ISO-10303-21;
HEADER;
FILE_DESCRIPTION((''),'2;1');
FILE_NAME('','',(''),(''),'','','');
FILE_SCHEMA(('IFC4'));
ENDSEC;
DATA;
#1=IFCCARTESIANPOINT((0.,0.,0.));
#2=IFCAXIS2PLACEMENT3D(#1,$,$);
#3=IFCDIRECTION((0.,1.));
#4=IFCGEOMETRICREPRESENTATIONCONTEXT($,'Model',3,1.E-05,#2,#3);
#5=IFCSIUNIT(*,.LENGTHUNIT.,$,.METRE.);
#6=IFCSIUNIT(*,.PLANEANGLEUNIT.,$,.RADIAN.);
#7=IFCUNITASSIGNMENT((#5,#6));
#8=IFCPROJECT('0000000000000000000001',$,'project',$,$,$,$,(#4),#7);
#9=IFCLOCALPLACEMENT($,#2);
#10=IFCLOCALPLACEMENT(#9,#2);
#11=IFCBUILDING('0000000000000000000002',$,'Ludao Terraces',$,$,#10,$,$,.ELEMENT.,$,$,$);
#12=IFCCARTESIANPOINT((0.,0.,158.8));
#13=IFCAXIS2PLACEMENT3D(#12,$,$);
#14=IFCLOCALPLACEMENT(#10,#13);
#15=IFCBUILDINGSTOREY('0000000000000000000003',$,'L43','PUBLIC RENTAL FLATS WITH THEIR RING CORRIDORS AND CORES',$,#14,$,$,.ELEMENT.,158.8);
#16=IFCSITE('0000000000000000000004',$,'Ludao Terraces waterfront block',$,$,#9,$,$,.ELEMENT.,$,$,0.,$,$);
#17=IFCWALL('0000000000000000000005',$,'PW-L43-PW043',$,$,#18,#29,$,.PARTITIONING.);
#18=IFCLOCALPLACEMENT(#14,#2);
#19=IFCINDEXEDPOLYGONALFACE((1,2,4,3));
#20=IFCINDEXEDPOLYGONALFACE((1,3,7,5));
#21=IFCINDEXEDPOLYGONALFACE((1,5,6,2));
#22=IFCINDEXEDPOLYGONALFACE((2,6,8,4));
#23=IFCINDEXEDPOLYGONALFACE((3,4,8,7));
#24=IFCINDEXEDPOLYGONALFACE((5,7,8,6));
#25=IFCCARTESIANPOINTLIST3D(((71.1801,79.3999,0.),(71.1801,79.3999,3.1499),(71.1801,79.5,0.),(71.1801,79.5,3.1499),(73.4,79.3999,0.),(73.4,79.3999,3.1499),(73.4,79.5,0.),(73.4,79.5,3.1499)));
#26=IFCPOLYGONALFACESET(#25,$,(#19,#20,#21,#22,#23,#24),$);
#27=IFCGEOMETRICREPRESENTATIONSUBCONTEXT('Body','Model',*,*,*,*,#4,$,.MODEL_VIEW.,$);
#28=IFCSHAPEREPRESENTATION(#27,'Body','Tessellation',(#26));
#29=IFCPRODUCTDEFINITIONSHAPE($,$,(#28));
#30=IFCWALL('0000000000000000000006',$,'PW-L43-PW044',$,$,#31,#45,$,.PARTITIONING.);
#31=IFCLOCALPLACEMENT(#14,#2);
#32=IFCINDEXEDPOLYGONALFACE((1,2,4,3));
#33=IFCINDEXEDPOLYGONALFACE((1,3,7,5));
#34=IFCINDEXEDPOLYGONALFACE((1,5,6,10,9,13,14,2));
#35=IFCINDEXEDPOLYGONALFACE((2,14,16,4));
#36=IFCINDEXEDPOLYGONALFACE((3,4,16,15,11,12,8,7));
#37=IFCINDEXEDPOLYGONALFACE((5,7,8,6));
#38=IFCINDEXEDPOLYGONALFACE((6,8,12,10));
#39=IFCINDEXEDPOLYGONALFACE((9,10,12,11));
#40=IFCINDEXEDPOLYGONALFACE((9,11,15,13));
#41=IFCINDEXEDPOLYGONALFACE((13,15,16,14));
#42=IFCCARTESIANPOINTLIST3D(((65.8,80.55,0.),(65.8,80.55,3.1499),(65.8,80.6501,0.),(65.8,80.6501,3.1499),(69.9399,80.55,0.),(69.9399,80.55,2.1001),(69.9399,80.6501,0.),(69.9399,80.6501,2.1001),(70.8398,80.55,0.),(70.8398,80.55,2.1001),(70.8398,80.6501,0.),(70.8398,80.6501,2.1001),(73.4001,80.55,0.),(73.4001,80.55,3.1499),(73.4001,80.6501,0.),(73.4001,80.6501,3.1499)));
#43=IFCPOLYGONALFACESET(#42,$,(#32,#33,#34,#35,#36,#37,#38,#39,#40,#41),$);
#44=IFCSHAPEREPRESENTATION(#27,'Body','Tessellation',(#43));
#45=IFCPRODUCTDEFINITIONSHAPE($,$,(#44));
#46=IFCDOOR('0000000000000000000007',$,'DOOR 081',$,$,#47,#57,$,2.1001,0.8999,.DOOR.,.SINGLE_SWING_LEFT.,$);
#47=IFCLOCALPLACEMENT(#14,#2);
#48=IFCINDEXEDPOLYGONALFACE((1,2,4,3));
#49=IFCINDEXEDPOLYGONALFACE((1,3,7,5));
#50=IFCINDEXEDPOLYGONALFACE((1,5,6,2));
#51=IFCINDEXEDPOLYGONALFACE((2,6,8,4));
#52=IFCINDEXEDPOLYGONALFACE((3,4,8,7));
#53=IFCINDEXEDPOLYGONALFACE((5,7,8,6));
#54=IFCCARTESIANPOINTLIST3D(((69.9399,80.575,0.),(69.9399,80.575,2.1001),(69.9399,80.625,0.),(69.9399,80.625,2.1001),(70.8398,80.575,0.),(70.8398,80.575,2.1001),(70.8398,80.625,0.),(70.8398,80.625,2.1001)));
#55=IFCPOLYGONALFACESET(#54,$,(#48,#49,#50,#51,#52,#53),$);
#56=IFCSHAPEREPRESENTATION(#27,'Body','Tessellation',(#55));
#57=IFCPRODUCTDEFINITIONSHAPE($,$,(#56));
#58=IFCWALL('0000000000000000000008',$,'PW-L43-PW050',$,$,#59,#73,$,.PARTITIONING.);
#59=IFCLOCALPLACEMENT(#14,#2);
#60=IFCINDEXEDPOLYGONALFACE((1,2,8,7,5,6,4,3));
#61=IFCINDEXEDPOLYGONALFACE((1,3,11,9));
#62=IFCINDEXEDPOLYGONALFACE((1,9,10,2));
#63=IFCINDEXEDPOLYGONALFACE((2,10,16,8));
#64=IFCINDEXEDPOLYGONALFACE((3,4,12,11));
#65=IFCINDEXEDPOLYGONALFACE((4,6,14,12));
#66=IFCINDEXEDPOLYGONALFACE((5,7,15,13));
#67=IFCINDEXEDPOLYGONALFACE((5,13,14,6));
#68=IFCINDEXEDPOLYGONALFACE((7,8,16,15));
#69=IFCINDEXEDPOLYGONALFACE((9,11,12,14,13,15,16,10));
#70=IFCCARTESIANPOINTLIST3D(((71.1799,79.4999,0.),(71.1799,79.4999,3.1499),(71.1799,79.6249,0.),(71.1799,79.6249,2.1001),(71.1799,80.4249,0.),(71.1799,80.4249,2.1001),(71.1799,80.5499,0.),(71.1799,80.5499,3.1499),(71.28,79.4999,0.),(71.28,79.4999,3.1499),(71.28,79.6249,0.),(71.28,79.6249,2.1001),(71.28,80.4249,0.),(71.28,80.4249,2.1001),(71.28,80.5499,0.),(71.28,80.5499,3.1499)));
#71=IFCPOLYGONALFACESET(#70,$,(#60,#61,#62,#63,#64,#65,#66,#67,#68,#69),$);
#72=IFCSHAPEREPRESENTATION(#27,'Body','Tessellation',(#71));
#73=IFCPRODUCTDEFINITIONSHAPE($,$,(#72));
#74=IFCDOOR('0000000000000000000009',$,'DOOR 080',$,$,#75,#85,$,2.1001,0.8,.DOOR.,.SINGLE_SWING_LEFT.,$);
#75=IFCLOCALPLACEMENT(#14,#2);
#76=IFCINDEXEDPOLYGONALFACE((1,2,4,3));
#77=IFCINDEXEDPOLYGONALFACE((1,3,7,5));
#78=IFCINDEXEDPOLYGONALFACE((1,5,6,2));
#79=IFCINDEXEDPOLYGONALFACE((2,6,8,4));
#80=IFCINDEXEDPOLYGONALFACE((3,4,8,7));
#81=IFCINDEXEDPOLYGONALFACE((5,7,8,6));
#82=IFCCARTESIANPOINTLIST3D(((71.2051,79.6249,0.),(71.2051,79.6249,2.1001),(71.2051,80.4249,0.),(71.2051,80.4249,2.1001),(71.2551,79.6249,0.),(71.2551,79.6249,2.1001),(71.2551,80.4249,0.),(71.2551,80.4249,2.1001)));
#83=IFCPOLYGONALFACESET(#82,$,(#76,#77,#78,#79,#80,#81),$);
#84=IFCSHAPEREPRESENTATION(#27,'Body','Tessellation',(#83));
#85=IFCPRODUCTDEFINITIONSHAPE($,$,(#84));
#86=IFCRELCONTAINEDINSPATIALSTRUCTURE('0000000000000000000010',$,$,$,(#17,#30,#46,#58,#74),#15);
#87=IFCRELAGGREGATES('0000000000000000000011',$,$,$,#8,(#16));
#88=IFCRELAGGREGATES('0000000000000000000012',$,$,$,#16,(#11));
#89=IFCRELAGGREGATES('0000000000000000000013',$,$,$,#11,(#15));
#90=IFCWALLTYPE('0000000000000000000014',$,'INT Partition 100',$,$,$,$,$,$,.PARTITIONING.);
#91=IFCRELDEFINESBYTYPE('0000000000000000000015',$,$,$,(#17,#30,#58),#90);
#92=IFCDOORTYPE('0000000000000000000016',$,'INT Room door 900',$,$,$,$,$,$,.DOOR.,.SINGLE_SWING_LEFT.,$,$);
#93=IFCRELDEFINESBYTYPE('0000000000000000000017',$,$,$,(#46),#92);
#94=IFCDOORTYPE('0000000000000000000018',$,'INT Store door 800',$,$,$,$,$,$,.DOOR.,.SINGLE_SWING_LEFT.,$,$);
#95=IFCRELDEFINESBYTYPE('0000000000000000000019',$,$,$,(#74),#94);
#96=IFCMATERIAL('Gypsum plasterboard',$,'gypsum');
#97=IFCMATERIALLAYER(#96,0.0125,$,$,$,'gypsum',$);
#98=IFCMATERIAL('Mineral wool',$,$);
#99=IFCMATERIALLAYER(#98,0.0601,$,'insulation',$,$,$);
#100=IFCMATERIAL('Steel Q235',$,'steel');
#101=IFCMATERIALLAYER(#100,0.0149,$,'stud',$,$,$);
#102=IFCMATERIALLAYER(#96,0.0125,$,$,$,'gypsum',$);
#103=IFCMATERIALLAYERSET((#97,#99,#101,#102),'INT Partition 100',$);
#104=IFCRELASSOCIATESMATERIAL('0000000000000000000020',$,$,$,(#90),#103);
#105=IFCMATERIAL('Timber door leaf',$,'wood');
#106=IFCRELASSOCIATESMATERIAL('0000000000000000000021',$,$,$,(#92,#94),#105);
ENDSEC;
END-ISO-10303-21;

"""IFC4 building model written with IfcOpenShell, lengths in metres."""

from ifc_helpers import new_model, si_unit, direction, frame, frame_2d, origin, place, context, subcontext, project, spatial, rectangle, extrude, material, layer, layer_set, type_object, element, fill, save


model = new_model("IFC4")

# Units and contexts
model_context = context("Model", 3, precision=1e-05, world=origin(), true_north=direction((0.0, 1.0)))
body_context = subcontext(model_context, "Body", "Model", "MODEL_VIEW")
ifc_project = project(units=[si_unit("LENGTHUNIT", "METRE"), si_unit("PLANEANGLEUNIT", "RADIAN")], contexts=[model_context])

# Site, building, storey
site_placement = place(None, origin())
site = spatial("IfcSite", under=ifc_project, at=site_placement, Name="Ludao Terraces waterfront block", CompositionType="ELEMENT", RefElevation=0.0)
building_placement = place(site_placement, origin())
building = spatial("IfcBuilding", under=site, at=building_placement, Name="Ludao Terraces", CompositionType="ELEMENT")
storey_placement = place(building_placement, frame((0.0, 0.0, 158.8)))
storey = spatial("IfcBuildingStorey", under=building, at=storey_placement, Name="L43", Description="PUBLIC RENTAL FLATS WITH THEIR RING CORRIDORS AND CORES", CompositionType="ELEMENT", Elevation=158.8)

# Shared definitions
ifc_material_1 = material(Name="Steel Q235", Category="steel")

# Shared definitions
ifc_material_2 = material(Name="Mineral wool")

# Wall
ifc_material_3 = material(Name="Gypsum plasterboard", Category="gypsum")
ifc_layer_1 = layer(ifc_material_3, 0.0125, Category="gypsum")
ifc_layer_2 = layer(ifc_material_2, 0.0601, Name="insulation")
ifc_layer_3 = layer(ifc_material_1, 0.0149, Name="stud")
ifc_layer_4 = layer(ifc_material_3, 0.0125, Category="gypsum")
ifc_layer_set_1 = layer_set([ifc_layer_1, ifc_layer_2, ifc_layer_3, ifc_layer_4], Name="INT Partition 100")
wall_type_1 = type_object("IfcWallType", Name="INT Partition 100", PredefinedType="PARTITIONING", material=ifc_layer_set_1)
for number, where, z_axis, x_axis, name in (
    (1, (71.1802, 79.45, 0.0), (0.0, 0.0, 1.0), (1.0, 0.0, 0.0), "PW-L43-PW043"),
):
    element("IfcWall", number, at=place(storey_placement, frame(where, z_axis=z_axis, x_axis=x_axis)), inside=storey, type_object=wall_type_1, Name=name, PredefinedType="PARTITIONING", context=body_context, shape_type="SweptSolid", body=[
        extrude(rectangle(XDim=2.22, YDim=0.1001, at=frame_2d((1.1099, 0.0))), origin(), (0.0, 0.0, 1.0), 3.1499),
    ])

# Walls, openings, doors
wall_1_placement = place(storey_placement, frame((65.8, 80.6001, 0.0), z_axis=(0.0, 0.0, 1.0), x_axis=(1.0, 0.0, 0.0)))
wall_1 = element("IfcWall", 2, at=wall_1_placement, inside=storey, type_object=wall_type_1, Name="PW-L43-PW044", PredefinedType="PARTITIONING", context=body_context, shape_type="SweptSolid", body=[
    extrude(rectangle(XDim=7.6001, YDim=0.1001, at=frame_2d((3.8, 0.0))), origin(), (0.0, 0.0, 1.0), 3.1499),
])
opening_1_placement = place(wall_1_placement, frame((4.1399, 0.0, 0.0)))
opening_1 = element("IfcOpeningElement", 3, at=opening_1_placement, cuts=wall_1, PredefinedType="OPENING", context=body_context, shape_type="SweptSolid", body=[
    extrude(rectangle(XDim=0.8999, YDim=2.1001, at=frame_2d((0.45, 1.05))), frame((0.0, 0.0601, 0.0), z_axis=(0.0, -1.0, 0.0), x_axis=(1.0, 0.0, 0.0)), (0.0, 0.0, 1.0), 0.1201),
])
ifc_material_4 = material(Name="Timber door leaf", Category="wood")
door_type_1 = type_object("IfcDoorType", Name="INT Room door 900", OperationType="SINGLE_SWING_LEFT", PredefinedType="DOOR", material=ifc_material_4)
door_1_placement = place(opening_1_placement, origin())
door_1 = element("IfcDoor", 4, at=door_1_placement, inside=storey, type_object=door_type_1, Name="DOOR 081", OperationType="SINGLE_SWING_LEFT", OverallHeight=2.1001, OverallWidth=0.8999, PredefinedType="DOOR", context=body_context, shape_type="SweptSolid", body=[
    extrude(rectangle(XDim=0.8999, YDim=2.1001, at=frame_2d((0.45, 1.05))), frame((0.0, 0.0249, 0.0), z_axis=(0.0, -1.0, 0.0), x_axis=(1.0, 0.0, 0.0)), (0.0, 0.0, 1.0), 0.05),
])
fill(opening_1, door_1)
wall_2_placement = place(storey_placement, frame((71.23, 79.5, 0.0), z_axis=(0.0, 0.0, 1.0), x_axis=(0.0, 1.0, 0.0)))
wall_2 = element("IfcWall", 5, at=wall_2_placement, inside=storey, type_object=wall_type_1, Name="PW-L43-PW050", PredefinedType="PARTITIONING", context=body_context, shape_type="SweptSolid", body=[
    extrude(rectangle(XDim=1.05, YDim=0.1001, at=frame_2d((0.5249, 0.0))), origin(), (0.0, 0.0, 1.0), 3.1499),
])
opening_2_placement = place(wall_2_placement, frame((0.125, 0.0, 0.0)))
opening_2 = element("IfcOpeningElement", 6, at=opening_2_placement, cuts=wall_2, PredefinedType="OPENING", context=body_context, shape_type="SweptSolid", body=[
    extrude(rectangle(XDim=0.8, YDim=2.1001, at=frame_2d((0.3999, 1.05))), frame((0.0, 0.0601, 0.0), z_axis=(0.0, -1.0, 0.0), x_axis=(1.0, 0.0, 0.0)), (0.0, 0.0, 1.0), 0.1201),
])
door_type_2 = type_object("IfcDoorType", Name="INT Store door 800", OperationType="SINGLE_SWING_LEFT", PredefinedType="DOOR", material=ifc_material_4)
door_2_placement = place(opening_2_placement, origin())
door_2 = element("IfcDoor", 7, at=door_2_placement, inside=storey, type_object=door_type_2, Name="DOOR 080", OperationType="SINGLE_SWING_LEFT", OverallHeight=2.1001, OverallWidth=0.8, PredefinedType="DOOR", context=body_context, shape_type="SweptSolid", body=[
    extrude(rectangle(XDim=0.8, YDim=2.1001, at=frame_2d((0.3999, 1.05))), frame((0.0, 0.0249, 0.0), z_axis=(0.0, -1.0, 0.0), x_axis=(1.0, 0.0, 0.0)), (0.0, 0.0, 1.0), 0.05),
])
fill(opening_2, door_2)

save(model, "model.ifc")
